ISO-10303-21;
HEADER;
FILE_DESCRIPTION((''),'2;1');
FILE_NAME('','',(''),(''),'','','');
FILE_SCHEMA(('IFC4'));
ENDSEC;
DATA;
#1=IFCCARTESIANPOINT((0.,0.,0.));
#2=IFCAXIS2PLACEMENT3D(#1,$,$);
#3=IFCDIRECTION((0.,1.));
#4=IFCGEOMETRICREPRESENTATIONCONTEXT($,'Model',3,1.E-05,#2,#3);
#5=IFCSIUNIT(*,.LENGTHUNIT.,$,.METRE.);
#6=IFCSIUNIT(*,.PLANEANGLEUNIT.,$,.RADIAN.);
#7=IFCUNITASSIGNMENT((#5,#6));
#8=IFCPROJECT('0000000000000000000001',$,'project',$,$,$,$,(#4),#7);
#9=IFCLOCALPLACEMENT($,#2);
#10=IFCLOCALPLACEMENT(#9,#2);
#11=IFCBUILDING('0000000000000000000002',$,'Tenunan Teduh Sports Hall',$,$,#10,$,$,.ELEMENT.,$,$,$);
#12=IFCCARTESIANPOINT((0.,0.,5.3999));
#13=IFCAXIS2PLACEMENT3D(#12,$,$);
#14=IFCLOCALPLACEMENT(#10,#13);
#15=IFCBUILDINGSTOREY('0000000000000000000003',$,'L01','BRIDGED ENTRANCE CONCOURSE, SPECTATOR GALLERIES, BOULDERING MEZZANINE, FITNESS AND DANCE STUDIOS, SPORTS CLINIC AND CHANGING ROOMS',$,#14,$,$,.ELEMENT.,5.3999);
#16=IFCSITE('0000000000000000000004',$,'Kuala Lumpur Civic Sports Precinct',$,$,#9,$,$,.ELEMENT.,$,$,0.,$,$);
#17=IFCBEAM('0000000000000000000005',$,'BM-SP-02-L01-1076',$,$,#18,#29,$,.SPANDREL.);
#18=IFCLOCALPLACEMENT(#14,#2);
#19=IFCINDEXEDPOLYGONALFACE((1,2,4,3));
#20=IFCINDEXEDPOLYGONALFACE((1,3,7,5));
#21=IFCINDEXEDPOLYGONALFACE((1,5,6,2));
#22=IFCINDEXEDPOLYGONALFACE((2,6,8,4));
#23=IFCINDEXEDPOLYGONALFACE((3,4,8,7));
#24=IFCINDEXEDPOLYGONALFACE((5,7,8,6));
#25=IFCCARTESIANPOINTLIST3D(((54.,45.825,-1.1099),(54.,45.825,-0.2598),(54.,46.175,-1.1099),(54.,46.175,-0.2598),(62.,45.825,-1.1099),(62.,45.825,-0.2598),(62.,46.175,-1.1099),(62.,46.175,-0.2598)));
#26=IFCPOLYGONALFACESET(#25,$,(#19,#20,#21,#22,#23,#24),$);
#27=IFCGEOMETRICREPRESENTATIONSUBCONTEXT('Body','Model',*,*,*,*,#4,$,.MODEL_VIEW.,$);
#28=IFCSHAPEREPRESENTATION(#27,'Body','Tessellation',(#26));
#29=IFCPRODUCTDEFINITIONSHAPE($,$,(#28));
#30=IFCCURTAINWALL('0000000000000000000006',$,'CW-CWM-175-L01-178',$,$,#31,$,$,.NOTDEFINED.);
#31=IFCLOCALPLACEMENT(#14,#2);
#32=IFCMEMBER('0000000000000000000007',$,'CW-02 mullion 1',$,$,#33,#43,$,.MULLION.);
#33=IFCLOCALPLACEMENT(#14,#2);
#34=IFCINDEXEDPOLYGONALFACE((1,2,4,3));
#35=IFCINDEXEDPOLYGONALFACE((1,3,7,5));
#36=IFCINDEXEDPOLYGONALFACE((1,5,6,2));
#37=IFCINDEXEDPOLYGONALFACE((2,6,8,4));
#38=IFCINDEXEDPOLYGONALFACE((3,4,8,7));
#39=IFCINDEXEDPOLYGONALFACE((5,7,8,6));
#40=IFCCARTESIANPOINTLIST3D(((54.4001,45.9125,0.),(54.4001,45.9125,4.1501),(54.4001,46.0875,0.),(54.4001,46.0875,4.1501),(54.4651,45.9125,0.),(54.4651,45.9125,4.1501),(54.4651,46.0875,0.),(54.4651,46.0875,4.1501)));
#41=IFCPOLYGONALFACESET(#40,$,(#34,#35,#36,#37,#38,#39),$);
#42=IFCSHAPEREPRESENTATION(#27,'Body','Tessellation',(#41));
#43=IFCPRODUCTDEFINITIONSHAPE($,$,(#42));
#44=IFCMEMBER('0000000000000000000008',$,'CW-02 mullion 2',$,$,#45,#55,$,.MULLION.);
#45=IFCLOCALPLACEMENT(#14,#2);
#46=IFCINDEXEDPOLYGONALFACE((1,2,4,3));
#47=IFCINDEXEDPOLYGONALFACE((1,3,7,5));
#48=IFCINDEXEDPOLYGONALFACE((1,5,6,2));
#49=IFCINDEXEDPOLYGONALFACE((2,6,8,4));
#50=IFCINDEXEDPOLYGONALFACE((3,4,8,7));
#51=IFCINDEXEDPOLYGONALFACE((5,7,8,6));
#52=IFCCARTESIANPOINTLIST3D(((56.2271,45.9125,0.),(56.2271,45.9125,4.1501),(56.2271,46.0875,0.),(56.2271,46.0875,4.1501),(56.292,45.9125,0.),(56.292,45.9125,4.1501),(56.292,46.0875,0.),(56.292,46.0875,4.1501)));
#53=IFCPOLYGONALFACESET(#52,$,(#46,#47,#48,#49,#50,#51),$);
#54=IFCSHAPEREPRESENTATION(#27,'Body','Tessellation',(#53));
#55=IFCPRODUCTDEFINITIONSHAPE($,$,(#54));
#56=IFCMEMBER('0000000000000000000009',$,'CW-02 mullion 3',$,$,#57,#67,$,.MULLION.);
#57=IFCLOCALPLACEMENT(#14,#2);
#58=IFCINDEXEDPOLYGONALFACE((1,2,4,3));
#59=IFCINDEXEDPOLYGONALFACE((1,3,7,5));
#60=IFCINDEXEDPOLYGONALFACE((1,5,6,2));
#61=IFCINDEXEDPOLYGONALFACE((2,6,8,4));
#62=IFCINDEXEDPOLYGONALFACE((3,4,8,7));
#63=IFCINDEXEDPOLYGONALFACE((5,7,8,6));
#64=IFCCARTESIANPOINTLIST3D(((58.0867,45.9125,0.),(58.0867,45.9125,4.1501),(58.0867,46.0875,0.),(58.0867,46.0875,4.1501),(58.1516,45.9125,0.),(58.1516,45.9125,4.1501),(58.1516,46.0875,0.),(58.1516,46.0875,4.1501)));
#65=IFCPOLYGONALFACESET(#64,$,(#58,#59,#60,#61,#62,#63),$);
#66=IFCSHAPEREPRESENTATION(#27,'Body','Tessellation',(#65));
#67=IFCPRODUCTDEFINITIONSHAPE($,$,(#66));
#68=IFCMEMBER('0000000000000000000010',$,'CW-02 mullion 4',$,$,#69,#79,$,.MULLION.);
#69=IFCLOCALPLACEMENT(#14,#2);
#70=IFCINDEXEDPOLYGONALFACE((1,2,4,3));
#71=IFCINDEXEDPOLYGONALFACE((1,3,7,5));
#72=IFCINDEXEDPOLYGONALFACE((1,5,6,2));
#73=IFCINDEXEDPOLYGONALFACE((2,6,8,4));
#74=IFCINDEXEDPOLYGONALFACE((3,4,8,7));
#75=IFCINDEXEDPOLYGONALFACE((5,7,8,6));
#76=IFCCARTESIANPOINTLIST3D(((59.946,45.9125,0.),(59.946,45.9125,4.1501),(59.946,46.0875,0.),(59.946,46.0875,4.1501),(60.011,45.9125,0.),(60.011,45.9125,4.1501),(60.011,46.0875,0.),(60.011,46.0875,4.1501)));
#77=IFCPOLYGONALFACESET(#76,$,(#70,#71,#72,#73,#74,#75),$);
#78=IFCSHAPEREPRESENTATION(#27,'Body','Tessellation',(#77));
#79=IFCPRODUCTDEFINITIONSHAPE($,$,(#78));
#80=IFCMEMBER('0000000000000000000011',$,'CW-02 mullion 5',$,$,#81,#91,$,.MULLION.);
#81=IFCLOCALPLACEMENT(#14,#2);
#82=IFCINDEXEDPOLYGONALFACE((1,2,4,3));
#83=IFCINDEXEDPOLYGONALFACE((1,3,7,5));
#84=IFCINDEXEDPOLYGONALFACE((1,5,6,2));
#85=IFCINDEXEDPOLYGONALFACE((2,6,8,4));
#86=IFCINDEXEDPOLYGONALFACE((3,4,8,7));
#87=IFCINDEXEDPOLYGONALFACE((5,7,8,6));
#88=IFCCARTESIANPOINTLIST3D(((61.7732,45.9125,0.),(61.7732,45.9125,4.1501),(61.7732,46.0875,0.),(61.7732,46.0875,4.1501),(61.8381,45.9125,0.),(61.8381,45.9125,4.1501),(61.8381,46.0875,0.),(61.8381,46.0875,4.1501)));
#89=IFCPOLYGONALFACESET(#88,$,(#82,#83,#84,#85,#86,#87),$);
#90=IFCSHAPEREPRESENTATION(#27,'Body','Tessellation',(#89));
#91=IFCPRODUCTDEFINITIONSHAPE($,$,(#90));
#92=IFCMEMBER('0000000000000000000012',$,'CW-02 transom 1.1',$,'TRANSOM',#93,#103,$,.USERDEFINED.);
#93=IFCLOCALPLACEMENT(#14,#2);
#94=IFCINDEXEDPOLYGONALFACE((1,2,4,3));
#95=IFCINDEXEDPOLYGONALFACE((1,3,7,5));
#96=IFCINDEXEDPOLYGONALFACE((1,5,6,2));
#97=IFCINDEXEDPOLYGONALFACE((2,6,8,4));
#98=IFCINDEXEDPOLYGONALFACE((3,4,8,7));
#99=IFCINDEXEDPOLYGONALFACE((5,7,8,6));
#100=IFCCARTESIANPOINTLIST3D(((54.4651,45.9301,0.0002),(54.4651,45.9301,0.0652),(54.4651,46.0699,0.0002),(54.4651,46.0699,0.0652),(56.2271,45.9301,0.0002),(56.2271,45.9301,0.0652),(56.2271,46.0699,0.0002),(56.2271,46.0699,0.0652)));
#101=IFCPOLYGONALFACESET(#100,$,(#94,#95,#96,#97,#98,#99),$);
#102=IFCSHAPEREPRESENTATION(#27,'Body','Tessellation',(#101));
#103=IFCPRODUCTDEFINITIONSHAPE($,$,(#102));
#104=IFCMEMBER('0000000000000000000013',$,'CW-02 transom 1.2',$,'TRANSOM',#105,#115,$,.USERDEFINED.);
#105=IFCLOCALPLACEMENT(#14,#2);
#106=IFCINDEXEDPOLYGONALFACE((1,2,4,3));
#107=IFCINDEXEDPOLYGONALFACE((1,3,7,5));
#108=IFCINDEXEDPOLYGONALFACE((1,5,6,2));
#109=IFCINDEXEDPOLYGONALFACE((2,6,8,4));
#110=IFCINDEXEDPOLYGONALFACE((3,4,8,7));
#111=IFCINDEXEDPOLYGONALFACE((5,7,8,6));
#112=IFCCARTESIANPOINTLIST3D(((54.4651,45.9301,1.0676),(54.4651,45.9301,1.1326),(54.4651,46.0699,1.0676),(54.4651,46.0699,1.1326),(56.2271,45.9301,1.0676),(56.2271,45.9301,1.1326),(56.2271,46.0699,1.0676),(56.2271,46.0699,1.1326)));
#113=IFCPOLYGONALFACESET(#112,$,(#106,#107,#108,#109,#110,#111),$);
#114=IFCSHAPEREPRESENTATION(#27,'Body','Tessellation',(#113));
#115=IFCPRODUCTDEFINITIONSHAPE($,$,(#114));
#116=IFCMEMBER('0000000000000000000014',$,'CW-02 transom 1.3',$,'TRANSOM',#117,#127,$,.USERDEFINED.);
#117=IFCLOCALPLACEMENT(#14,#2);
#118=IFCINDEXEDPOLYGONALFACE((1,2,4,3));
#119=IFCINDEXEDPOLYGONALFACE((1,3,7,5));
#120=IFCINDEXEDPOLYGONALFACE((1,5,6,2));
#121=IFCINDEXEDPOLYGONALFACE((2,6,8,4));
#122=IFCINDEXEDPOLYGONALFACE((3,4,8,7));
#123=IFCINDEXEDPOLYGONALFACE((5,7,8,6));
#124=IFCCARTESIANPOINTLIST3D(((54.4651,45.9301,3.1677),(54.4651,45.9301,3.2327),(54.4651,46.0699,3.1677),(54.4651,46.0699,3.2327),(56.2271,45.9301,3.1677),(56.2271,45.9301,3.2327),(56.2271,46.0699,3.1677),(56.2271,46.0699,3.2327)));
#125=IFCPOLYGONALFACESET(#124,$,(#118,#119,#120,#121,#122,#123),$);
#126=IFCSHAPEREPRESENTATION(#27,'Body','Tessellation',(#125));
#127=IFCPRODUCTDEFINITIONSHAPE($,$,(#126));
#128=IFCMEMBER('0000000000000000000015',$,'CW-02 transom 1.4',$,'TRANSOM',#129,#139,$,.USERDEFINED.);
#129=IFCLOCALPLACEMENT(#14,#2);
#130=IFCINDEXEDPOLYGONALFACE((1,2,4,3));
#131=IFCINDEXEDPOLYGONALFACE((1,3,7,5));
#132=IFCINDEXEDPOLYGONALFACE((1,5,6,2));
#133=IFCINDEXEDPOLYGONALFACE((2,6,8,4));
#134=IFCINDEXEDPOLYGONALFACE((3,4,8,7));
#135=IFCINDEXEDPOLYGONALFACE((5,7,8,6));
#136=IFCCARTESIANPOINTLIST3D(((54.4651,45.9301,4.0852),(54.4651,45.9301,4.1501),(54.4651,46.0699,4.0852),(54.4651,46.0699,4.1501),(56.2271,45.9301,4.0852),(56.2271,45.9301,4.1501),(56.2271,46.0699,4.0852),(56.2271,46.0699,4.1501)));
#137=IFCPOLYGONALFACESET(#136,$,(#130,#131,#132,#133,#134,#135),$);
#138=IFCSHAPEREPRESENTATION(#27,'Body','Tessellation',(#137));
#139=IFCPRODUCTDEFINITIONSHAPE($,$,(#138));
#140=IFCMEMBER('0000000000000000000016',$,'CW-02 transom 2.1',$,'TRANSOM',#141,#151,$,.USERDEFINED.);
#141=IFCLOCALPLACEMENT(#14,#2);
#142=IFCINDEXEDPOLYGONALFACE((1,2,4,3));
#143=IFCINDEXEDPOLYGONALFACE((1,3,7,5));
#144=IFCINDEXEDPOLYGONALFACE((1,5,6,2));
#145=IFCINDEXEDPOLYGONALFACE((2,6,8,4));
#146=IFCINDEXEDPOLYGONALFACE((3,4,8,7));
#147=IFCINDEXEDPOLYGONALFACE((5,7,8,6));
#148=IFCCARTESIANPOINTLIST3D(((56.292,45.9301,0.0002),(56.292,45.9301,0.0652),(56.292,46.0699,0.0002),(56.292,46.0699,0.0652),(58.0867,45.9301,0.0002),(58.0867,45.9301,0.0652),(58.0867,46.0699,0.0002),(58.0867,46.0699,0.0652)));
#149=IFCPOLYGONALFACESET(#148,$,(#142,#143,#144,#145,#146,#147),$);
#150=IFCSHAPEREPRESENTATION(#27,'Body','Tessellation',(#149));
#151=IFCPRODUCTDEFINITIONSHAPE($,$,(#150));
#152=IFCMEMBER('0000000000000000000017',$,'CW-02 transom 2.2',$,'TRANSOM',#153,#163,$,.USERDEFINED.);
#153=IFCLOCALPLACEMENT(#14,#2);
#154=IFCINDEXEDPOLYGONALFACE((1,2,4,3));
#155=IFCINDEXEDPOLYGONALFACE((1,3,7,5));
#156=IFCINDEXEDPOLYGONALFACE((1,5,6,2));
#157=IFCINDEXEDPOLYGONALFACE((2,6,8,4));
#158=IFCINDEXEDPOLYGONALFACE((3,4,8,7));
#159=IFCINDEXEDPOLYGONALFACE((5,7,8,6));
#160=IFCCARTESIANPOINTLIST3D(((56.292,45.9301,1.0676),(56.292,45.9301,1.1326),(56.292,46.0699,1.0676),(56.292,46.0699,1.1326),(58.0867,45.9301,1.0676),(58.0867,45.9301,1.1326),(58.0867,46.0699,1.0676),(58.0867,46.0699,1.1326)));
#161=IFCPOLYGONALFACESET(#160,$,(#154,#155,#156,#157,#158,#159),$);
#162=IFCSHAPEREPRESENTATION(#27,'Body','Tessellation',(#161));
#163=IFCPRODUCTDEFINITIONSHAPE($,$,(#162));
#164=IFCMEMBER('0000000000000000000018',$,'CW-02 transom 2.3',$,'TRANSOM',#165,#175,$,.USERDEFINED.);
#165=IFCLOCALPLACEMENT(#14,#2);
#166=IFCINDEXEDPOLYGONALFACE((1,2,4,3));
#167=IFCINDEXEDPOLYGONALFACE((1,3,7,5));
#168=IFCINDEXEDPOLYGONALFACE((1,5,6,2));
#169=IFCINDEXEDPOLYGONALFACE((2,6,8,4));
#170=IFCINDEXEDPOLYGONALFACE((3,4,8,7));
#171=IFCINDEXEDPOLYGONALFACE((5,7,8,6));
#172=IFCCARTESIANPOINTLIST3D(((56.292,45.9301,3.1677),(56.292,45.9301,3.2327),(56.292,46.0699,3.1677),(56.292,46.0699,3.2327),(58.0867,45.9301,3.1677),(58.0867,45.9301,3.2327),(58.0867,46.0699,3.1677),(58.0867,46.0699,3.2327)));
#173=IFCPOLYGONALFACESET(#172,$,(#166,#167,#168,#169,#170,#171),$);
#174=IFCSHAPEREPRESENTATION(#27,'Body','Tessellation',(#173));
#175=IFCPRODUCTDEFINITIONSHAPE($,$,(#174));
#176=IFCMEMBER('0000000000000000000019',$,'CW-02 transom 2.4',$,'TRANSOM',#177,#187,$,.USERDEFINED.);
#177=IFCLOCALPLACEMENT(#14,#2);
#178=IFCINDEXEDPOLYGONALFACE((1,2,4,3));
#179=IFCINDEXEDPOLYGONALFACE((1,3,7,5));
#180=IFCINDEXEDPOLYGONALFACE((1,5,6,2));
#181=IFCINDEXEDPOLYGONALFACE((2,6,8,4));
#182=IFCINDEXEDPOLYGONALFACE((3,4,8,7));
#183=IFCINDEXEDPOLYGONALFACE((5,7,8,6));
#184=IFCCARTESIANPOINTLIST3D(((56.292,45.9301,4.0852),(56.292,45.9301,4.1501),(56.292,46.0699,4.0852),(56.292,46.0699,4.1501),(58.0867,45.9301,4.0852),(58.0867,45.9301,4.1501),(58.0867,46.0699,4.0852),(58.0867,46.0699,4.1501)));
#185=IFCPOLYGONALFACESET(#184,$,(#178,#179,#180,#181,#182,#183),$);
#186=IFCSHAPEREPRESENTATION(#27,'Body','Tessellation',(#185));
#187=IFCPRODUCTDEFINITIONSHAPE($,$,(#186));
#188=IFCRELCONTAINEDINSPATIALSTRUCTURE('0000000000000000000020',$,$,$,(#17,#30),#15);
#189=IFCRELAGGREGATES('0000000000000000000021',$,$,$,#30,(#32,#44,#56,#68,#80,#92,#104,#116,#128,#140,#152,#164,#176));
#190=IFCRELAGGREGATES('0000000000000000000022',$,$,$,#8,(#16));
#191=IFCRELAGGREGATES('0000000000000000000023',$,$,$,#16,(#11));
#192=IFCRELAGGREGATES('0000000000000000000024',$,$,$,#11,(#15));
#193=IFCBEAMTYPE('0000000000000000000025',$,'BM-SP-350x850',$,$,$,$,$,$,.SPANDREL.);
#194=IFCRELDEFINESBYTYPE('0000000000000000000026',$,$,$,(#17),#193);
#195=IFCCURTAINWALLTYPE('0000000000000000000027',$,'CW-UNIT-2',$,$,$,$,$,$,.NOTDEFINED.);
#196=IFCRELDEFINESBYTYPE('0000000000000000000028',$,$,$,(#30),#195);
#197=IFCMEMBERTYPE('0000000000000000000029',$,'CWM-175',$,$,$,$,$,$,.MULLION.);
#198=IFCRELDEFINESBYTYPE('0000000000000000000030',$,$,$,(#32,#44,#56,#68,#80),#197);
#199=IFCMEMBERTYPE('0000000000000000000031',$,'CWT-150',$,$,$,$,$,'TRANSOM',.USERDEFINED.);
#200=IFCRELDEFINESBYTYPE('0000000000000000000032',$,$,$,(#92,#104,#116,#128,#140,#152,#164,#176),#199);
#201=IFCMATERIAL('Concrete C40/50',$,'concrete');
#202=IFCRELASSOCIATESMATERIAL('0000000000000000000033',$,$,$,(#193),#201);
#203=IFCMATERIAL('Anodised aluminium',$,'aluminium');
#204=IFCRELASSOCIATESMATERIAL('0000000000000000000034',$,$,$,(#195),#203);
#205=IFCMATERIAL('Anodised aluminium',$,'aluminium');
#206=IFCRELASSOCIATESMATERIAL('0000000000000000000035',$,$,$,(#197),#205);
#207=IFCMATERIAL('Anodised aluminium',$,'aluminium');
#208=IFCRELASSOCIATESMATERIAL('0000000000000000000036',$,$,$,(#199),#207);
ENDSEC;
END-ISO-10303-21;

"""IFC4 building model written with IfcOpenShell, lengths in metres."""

from ifc_helpers import new_model, si_unit, direction, frame, origin, origin_2d, place, context, subcontext, project, spatial, rectangle, extrude, material, material_profile, profile_set, type_object, element, aggregate, save


model = new_model("IFC4")

# Units and contexts
model_context = context("Model", 3, precision=1e-05, world=origin(), true_north=direction((0.0, 1.0)))
body_context = subcontext(model_context, "Body", "Model", "MODEL_VIEW")
ifc_project = project(units=[si_unit("LENGTHUNIT", "METRE"), si_unit("PLANEANGLEUNIT", "RADIAN")], contexts=[model_context])

# Site, building, storey
site_placement = place(None, origin())
site = spatial("IfcSite", under=ifc_project, at=site_placement, Name="Kuala Lumpur Civic Sports Precinct", CompositionType="ELEMENT", RefElevation=0.0)
building_placement = place(site_placement, origin())
building = spatial("IfcBuilding", under=site, at=building_placement, Name="Tenunan Teduh Sports Hall", CompositionType="ELEMENT")
storey_placement = place(building_placement, frame((0.0, 0.0, 5.3999)))
storey = spatial("IfcBuildingStorey", under=building, at=storey_placement, Name="L01", Description="BRIDGED ENTRANCE CONCOURSE, SPECTATOR GALLERIES, BOULDERING MEZZANINE, FITNESS AND DANCE STUDIOS, SPORTS CLINIC AND CHANGING ROOMS", CompositionType="ELEMENT", Elevation=5.3999)

# Beam
ifc_material_1 = material(Name="Concrete C40/50", Category="concrete")
ifc_material_profile_1 = material_profile(ifc_material_1, rectangle(XDim=0.3501, YDim=0.8501, at=origin_2d()), Name="SPB 350x850")
ifc_profile_set_1 = profile_set([ifc_material_profile_1], Name="Concrete C40/50")
beam_type = type_object("IfcBeamType", Name="BM-SP-350x850", PredefinedType="SPANDREL", material=ifc_profile_set_1)
beam_placement = place(storey_placement, frame((54.0, 46.0, -0.6848), z_axis=(1.0, 0.0, 0.0), x_axis=(0.0, 1.0, 0.0)))
element("IfcBeam", 1, at=beam_placement, inside=storey, type_object=beam_type, Name="BM-SP-02-L01-1076", PredefinedType="SPANDREL", context=body_context, shape_type="SweptSolid", body=[
    extrude(rectangle(XDim=0.3501, YDim=0.8501, at=origin_2d()), origin(), (0.0, 0.0, 1.0), 8.0),
])

# Curtain wall, members
ifc_material_2 = material(Name="Anodised aluminium", Category="aluminium")
curtain_wall_type = type_object("IfcCurtainWallType", Name="CW-UNIT-2", PredefinedType="NOTDEFINED", material=ifc_material_2)
curtain_wall_placement = place(storey_placement, origin())
curtain_wall = element("IfcCurtainWall", 2, at=curtain_wall_placement, inside=storey, type_object=curtain_wall_type, Name="CW-CWM-175-L01-178", PredefinedType="NOTDEFINED")
ifc_material_3 = material(Name="Anodised aluminium", Category="aluminium")
ifc_material_profile_2 = material_profile(ifc_material_3, rectangle(XDim=0.0649, YDim=0.175, at=origin_2d()), Name="CWM 65x175")
ifc_profile_set_2 = profile_set([ifc_material_profile_2], Name="Anodised aluminium")
member_type_1 = type_object("IfcMemberType", Name="CWM-175", PredefinedType="MULLION", material=ifc_profile_set_2)
member_1_placement = place(storey_placement, frame((54.4326, 46.0, 0.0), z_axis=(0.0, 0.0, 1.0), x_axis=(1.0, 0.0, 0.0)))
member_1 = element("IfcMember", 3, at=member_1_placement, type_object=member_type_1, Name="CW-02 mullion 1", PredefinedType="MULLION", context=body_context, shape_type="SweptSolid", body=[
    extrude(rectangle(XDim=0.0649, YDim=0.175, at=origin_2d()), origin(), (0.0, 0.0, 1.0), 4.1501),
])
member_2_placement = place(storey_placement, frame((56.2595, 46.0, 0.0), z_axis=(0.0, 0.0, 1.0), x_axis=(1.0, 0.0, 0.0)))
member_2 = element("IfcMember", 4, at=member_2_placement, type_object=member_type_1, Name="CW-02 mullion 2", PredefinedType="MULLION", context=body_context, shape_type="SweptSolid", body=[
    extrude(rectangle(XDim=0.0649, YDim=0.175, at=origin_2d()), origin(), (0.0, 0.0, 1.0), 4.1501),
])
member_3_placement = place(storey_placement, frame((58.1191, 46.0, 0.0), z_axis=(0.0, 0.0, 1.0), x_axis=(1.0, 0.0, 0.0)))
member_3 = element("IfcMember", 5, at=member_3_placement, type_object=member_type_1, Name="CW-02 mullion 3", PredefinedType="MULLION", context=body_context, shape_type="SweptSolid", body=[
    extrude(rectangle(XDim=0.0649, YDim=0.175, at=origin_2d()), origin(), (0.0, 0.0, 1.0), 4.1501),
])
member_4_placement = place(storey_placement, frame((59.9785, 46.0, 0.0), z_axis=(0.0, 0.0, 1.0), x_axis=(1.0, 0.0, 0.0)))
member_4 = element("IfcMember", 6, at=member_4_placement, type_object=member_type_1, Name="CW-02 mullion 4", PredefinedType="MULLION", context=body_context, shape_type="SweptSolid", body=[
    extrude(rectangle(XDim=0.0649, YDim=0.175, at=origin_2d()), origin(), (0.0, 0.0, 1.0), 4.1501),
])
member_5_placement = place(storey_placement, frame((61.8057, 46.0, 0.0), z_axis=(0.0, 0.0, 1.0), x_axis=(1.0, 0.0, 0.0)))
member_5 = element("IfcMember", 7, at=member_5_placement, type_object=member_type_1, Name="CW-02 mullion 5", PredefinedType="MULLION", context=body_context, shape_type="SweptSolid", body=[
    extrude(rectangle(XDim=0.0649, YDim=0.175, at=origin_2d()), origin(), (0.0, 0.0, 1.0), 4.1501),
])
ifc_material_4 = material(Name="Anodised aluminium", Category="aluminium")
ifc_material_profile_3 = material_profile(ifc_material_4, rectangle(XDim=0.0649, YDim=0.1399, at=origin_2d()), Name="CWT 65x140")
ifc_profile_set_3 = profile_set([ifc_material_profile_3], Name="Anodised aluminium")
member_type_2 = type_object("IfcMemberType", Name="CWT-150", ElementType="TRANSOM", PredefinedType="USERDEFINED", material=ifc_profile_set_3)
member_6_placement = place(storey_placement, frame((54.4651, 46.0, 0.0327), z_axis=(1.0, 0.0, 0.0), x_axis=(0.0, 0.0, 1.0)))
member_6 = element("IfcMember", 8, at=member_6_placement, type_object=member_type_2, Name="CW-02 transom 1.1", ObjectType="TRANSOM", PredefinedType="USERDEFINED", context=body_context, shape_type="SweptSolid", body=[
    extrude(rectangle(XDim=0.0649, YDim=0.1399, at=origin_2d()), origin(), (0.0, 0.0, 1.0), 1.762),
])
member_7_placement = place(storey_placement, frame((54.4651, 46.0, 1.1001), z_axis=(1.0, 0.0, 0.0), x_axis=(0.0, 0.0, 1.0)))
member_7 = element("IfcMember", 9, at=member_7_placement, type_object=member_type_2, Name="CW-02 transom 1.2", ObjectType="TRANSOM", PredefinedType="USERDEFINED", context=body_context, shape_type="SweptSolid", body=[
    extrude(rectangle(XDim=0.0649, YDim=0.1399, at=origin_2d()), origin(), (0.0, 0.0, 1.0), 1.762),
])
member_8_placement = place(storey_placement, frame((54.4651, 46.0, 3.2002), z_axis=(1.0, 0.0, 0.0), x_axis=(0.0, 0.0, 1.0)))
member_8 = element("IfcMember", 10, at=member_8_placement, type_object=member_type_2, Name="CW-02 transom 1.3", ObjectType="TRANSOM", PredefinedType="USERDEFINED", context=body_context, shape_type="SweptSolid", body=[
    extrude(rectangle(XDim=0.0649, YDim=0.1399, at=origin_2d()), origin(), (0.0, 0.0, 1.0), 1.762),
])
member_9_placement = place(storey_placement, frame((54.4651, 46.0, 4.1177), z_axis=(1.0, 0.0, 0.0), x_axis=(0.0, 0.0, 1.0)))
member_9 = element("IfcMember", 11, at=member_9_placement, type_object=member_type_2, Name="CW-02 transom 1.4", ObjectType="TRANSOM", PredefinedType="USERDEFINED", context=body_context, shape_type="SweptSolid", body=[
    extrude(rectangle(XDim=0.0649, YDim=0.1399, at=origin_2d()), origin(), (0.0, 0.0, 1.0), 1.762),
])
member_10_placement = place(storey_placement, frame((56.292, 46.0, 0.0327), z_axis=(1.0, 0.0, 0.0), x_axis=(0.0, 0.0, 1.0)))
member_10 = element("IfcMember", 12, at=member_10_placement, type_object=member_type_2, Name="CW-02 transom 2.1", ObjectType="TRANSOM", PredefinedType="USERDEFINED", context=body_context, shape_type="SweptSolid", body=[
    extrude(rectangle(XDim=0.0649, YDim=0.1399, at=origin_2d()), origin(), (0.0, 0.0, 1.0), 1.7947),
])
member_11_placement = place(storey_placement, frame((56.292, 46.0, 1.1001), z_axis=(1.0, 0.0, 0.0), x_axis=(0.0, 0.0, 1.0)))
member_11 = element("IfcMember", 13, at=member_11_placement, type_object=member_type_2, Name="CW-02 transom 2.2", ObjectType="TRANSOM", PredefinedType="USERDEFINED", context=body_context, shape_type="SweptSolid", body=[
    extrude(rectangle(XDim=0.0649, YDim=0.1399, at=origin_2d()), origin(), (0.0, 0.0, 1.0), 1.7947),
])
member_12_placement = place(storey_placement, frame((56.292, 46.0, 3.2002), z_axis=(1.0, 0.0, 0.0), x_axis=(0.0, 0.0, 1.0)))
member_12 = element("IfcMember", 14, at=member_12_placement, type_object=member_type_2, Name="CW-02 transom 2.3", ObjectType="TRANSOM", PredefinedType="USERDEFINED", context=body_context, shape_type="SweptSolid", body=[
    extrude(rectangle(XDim=0.0649, YDim=0.1399, at=origin_2d()), origin(), (0.0, 0.0, 1.0), 1.7947),
])
member_13_placement = place(storey_placement, frame((56.292, 46.0, 4.1177), z_axis=(1.0, 0.0, 0.0), x_axis=(0.0, 0.0, 1.0)))
member_13 = element("IfcMember", 15, at=member_13_placement, type_object=member_type_2, Name="CW-02 transom 2.4", ObjectType="TRANSOM", PredefinedType="USERDEFINED", context=body_context, shape_type="SweptSolid", body=[
    extrude(rectangle(XDim=0.0649, YDim=0.1399, at=origin_2d()), origin(), (0.0, 0.0, 1.0), 1.7947),
])

aggregate(curtain_wall, [member_1, member_2, member_3, member_4, member_5, member_6, member_7, member_8, member_9, member_10, member_11, member_12, member_13])

save(model, "model.ifc")
